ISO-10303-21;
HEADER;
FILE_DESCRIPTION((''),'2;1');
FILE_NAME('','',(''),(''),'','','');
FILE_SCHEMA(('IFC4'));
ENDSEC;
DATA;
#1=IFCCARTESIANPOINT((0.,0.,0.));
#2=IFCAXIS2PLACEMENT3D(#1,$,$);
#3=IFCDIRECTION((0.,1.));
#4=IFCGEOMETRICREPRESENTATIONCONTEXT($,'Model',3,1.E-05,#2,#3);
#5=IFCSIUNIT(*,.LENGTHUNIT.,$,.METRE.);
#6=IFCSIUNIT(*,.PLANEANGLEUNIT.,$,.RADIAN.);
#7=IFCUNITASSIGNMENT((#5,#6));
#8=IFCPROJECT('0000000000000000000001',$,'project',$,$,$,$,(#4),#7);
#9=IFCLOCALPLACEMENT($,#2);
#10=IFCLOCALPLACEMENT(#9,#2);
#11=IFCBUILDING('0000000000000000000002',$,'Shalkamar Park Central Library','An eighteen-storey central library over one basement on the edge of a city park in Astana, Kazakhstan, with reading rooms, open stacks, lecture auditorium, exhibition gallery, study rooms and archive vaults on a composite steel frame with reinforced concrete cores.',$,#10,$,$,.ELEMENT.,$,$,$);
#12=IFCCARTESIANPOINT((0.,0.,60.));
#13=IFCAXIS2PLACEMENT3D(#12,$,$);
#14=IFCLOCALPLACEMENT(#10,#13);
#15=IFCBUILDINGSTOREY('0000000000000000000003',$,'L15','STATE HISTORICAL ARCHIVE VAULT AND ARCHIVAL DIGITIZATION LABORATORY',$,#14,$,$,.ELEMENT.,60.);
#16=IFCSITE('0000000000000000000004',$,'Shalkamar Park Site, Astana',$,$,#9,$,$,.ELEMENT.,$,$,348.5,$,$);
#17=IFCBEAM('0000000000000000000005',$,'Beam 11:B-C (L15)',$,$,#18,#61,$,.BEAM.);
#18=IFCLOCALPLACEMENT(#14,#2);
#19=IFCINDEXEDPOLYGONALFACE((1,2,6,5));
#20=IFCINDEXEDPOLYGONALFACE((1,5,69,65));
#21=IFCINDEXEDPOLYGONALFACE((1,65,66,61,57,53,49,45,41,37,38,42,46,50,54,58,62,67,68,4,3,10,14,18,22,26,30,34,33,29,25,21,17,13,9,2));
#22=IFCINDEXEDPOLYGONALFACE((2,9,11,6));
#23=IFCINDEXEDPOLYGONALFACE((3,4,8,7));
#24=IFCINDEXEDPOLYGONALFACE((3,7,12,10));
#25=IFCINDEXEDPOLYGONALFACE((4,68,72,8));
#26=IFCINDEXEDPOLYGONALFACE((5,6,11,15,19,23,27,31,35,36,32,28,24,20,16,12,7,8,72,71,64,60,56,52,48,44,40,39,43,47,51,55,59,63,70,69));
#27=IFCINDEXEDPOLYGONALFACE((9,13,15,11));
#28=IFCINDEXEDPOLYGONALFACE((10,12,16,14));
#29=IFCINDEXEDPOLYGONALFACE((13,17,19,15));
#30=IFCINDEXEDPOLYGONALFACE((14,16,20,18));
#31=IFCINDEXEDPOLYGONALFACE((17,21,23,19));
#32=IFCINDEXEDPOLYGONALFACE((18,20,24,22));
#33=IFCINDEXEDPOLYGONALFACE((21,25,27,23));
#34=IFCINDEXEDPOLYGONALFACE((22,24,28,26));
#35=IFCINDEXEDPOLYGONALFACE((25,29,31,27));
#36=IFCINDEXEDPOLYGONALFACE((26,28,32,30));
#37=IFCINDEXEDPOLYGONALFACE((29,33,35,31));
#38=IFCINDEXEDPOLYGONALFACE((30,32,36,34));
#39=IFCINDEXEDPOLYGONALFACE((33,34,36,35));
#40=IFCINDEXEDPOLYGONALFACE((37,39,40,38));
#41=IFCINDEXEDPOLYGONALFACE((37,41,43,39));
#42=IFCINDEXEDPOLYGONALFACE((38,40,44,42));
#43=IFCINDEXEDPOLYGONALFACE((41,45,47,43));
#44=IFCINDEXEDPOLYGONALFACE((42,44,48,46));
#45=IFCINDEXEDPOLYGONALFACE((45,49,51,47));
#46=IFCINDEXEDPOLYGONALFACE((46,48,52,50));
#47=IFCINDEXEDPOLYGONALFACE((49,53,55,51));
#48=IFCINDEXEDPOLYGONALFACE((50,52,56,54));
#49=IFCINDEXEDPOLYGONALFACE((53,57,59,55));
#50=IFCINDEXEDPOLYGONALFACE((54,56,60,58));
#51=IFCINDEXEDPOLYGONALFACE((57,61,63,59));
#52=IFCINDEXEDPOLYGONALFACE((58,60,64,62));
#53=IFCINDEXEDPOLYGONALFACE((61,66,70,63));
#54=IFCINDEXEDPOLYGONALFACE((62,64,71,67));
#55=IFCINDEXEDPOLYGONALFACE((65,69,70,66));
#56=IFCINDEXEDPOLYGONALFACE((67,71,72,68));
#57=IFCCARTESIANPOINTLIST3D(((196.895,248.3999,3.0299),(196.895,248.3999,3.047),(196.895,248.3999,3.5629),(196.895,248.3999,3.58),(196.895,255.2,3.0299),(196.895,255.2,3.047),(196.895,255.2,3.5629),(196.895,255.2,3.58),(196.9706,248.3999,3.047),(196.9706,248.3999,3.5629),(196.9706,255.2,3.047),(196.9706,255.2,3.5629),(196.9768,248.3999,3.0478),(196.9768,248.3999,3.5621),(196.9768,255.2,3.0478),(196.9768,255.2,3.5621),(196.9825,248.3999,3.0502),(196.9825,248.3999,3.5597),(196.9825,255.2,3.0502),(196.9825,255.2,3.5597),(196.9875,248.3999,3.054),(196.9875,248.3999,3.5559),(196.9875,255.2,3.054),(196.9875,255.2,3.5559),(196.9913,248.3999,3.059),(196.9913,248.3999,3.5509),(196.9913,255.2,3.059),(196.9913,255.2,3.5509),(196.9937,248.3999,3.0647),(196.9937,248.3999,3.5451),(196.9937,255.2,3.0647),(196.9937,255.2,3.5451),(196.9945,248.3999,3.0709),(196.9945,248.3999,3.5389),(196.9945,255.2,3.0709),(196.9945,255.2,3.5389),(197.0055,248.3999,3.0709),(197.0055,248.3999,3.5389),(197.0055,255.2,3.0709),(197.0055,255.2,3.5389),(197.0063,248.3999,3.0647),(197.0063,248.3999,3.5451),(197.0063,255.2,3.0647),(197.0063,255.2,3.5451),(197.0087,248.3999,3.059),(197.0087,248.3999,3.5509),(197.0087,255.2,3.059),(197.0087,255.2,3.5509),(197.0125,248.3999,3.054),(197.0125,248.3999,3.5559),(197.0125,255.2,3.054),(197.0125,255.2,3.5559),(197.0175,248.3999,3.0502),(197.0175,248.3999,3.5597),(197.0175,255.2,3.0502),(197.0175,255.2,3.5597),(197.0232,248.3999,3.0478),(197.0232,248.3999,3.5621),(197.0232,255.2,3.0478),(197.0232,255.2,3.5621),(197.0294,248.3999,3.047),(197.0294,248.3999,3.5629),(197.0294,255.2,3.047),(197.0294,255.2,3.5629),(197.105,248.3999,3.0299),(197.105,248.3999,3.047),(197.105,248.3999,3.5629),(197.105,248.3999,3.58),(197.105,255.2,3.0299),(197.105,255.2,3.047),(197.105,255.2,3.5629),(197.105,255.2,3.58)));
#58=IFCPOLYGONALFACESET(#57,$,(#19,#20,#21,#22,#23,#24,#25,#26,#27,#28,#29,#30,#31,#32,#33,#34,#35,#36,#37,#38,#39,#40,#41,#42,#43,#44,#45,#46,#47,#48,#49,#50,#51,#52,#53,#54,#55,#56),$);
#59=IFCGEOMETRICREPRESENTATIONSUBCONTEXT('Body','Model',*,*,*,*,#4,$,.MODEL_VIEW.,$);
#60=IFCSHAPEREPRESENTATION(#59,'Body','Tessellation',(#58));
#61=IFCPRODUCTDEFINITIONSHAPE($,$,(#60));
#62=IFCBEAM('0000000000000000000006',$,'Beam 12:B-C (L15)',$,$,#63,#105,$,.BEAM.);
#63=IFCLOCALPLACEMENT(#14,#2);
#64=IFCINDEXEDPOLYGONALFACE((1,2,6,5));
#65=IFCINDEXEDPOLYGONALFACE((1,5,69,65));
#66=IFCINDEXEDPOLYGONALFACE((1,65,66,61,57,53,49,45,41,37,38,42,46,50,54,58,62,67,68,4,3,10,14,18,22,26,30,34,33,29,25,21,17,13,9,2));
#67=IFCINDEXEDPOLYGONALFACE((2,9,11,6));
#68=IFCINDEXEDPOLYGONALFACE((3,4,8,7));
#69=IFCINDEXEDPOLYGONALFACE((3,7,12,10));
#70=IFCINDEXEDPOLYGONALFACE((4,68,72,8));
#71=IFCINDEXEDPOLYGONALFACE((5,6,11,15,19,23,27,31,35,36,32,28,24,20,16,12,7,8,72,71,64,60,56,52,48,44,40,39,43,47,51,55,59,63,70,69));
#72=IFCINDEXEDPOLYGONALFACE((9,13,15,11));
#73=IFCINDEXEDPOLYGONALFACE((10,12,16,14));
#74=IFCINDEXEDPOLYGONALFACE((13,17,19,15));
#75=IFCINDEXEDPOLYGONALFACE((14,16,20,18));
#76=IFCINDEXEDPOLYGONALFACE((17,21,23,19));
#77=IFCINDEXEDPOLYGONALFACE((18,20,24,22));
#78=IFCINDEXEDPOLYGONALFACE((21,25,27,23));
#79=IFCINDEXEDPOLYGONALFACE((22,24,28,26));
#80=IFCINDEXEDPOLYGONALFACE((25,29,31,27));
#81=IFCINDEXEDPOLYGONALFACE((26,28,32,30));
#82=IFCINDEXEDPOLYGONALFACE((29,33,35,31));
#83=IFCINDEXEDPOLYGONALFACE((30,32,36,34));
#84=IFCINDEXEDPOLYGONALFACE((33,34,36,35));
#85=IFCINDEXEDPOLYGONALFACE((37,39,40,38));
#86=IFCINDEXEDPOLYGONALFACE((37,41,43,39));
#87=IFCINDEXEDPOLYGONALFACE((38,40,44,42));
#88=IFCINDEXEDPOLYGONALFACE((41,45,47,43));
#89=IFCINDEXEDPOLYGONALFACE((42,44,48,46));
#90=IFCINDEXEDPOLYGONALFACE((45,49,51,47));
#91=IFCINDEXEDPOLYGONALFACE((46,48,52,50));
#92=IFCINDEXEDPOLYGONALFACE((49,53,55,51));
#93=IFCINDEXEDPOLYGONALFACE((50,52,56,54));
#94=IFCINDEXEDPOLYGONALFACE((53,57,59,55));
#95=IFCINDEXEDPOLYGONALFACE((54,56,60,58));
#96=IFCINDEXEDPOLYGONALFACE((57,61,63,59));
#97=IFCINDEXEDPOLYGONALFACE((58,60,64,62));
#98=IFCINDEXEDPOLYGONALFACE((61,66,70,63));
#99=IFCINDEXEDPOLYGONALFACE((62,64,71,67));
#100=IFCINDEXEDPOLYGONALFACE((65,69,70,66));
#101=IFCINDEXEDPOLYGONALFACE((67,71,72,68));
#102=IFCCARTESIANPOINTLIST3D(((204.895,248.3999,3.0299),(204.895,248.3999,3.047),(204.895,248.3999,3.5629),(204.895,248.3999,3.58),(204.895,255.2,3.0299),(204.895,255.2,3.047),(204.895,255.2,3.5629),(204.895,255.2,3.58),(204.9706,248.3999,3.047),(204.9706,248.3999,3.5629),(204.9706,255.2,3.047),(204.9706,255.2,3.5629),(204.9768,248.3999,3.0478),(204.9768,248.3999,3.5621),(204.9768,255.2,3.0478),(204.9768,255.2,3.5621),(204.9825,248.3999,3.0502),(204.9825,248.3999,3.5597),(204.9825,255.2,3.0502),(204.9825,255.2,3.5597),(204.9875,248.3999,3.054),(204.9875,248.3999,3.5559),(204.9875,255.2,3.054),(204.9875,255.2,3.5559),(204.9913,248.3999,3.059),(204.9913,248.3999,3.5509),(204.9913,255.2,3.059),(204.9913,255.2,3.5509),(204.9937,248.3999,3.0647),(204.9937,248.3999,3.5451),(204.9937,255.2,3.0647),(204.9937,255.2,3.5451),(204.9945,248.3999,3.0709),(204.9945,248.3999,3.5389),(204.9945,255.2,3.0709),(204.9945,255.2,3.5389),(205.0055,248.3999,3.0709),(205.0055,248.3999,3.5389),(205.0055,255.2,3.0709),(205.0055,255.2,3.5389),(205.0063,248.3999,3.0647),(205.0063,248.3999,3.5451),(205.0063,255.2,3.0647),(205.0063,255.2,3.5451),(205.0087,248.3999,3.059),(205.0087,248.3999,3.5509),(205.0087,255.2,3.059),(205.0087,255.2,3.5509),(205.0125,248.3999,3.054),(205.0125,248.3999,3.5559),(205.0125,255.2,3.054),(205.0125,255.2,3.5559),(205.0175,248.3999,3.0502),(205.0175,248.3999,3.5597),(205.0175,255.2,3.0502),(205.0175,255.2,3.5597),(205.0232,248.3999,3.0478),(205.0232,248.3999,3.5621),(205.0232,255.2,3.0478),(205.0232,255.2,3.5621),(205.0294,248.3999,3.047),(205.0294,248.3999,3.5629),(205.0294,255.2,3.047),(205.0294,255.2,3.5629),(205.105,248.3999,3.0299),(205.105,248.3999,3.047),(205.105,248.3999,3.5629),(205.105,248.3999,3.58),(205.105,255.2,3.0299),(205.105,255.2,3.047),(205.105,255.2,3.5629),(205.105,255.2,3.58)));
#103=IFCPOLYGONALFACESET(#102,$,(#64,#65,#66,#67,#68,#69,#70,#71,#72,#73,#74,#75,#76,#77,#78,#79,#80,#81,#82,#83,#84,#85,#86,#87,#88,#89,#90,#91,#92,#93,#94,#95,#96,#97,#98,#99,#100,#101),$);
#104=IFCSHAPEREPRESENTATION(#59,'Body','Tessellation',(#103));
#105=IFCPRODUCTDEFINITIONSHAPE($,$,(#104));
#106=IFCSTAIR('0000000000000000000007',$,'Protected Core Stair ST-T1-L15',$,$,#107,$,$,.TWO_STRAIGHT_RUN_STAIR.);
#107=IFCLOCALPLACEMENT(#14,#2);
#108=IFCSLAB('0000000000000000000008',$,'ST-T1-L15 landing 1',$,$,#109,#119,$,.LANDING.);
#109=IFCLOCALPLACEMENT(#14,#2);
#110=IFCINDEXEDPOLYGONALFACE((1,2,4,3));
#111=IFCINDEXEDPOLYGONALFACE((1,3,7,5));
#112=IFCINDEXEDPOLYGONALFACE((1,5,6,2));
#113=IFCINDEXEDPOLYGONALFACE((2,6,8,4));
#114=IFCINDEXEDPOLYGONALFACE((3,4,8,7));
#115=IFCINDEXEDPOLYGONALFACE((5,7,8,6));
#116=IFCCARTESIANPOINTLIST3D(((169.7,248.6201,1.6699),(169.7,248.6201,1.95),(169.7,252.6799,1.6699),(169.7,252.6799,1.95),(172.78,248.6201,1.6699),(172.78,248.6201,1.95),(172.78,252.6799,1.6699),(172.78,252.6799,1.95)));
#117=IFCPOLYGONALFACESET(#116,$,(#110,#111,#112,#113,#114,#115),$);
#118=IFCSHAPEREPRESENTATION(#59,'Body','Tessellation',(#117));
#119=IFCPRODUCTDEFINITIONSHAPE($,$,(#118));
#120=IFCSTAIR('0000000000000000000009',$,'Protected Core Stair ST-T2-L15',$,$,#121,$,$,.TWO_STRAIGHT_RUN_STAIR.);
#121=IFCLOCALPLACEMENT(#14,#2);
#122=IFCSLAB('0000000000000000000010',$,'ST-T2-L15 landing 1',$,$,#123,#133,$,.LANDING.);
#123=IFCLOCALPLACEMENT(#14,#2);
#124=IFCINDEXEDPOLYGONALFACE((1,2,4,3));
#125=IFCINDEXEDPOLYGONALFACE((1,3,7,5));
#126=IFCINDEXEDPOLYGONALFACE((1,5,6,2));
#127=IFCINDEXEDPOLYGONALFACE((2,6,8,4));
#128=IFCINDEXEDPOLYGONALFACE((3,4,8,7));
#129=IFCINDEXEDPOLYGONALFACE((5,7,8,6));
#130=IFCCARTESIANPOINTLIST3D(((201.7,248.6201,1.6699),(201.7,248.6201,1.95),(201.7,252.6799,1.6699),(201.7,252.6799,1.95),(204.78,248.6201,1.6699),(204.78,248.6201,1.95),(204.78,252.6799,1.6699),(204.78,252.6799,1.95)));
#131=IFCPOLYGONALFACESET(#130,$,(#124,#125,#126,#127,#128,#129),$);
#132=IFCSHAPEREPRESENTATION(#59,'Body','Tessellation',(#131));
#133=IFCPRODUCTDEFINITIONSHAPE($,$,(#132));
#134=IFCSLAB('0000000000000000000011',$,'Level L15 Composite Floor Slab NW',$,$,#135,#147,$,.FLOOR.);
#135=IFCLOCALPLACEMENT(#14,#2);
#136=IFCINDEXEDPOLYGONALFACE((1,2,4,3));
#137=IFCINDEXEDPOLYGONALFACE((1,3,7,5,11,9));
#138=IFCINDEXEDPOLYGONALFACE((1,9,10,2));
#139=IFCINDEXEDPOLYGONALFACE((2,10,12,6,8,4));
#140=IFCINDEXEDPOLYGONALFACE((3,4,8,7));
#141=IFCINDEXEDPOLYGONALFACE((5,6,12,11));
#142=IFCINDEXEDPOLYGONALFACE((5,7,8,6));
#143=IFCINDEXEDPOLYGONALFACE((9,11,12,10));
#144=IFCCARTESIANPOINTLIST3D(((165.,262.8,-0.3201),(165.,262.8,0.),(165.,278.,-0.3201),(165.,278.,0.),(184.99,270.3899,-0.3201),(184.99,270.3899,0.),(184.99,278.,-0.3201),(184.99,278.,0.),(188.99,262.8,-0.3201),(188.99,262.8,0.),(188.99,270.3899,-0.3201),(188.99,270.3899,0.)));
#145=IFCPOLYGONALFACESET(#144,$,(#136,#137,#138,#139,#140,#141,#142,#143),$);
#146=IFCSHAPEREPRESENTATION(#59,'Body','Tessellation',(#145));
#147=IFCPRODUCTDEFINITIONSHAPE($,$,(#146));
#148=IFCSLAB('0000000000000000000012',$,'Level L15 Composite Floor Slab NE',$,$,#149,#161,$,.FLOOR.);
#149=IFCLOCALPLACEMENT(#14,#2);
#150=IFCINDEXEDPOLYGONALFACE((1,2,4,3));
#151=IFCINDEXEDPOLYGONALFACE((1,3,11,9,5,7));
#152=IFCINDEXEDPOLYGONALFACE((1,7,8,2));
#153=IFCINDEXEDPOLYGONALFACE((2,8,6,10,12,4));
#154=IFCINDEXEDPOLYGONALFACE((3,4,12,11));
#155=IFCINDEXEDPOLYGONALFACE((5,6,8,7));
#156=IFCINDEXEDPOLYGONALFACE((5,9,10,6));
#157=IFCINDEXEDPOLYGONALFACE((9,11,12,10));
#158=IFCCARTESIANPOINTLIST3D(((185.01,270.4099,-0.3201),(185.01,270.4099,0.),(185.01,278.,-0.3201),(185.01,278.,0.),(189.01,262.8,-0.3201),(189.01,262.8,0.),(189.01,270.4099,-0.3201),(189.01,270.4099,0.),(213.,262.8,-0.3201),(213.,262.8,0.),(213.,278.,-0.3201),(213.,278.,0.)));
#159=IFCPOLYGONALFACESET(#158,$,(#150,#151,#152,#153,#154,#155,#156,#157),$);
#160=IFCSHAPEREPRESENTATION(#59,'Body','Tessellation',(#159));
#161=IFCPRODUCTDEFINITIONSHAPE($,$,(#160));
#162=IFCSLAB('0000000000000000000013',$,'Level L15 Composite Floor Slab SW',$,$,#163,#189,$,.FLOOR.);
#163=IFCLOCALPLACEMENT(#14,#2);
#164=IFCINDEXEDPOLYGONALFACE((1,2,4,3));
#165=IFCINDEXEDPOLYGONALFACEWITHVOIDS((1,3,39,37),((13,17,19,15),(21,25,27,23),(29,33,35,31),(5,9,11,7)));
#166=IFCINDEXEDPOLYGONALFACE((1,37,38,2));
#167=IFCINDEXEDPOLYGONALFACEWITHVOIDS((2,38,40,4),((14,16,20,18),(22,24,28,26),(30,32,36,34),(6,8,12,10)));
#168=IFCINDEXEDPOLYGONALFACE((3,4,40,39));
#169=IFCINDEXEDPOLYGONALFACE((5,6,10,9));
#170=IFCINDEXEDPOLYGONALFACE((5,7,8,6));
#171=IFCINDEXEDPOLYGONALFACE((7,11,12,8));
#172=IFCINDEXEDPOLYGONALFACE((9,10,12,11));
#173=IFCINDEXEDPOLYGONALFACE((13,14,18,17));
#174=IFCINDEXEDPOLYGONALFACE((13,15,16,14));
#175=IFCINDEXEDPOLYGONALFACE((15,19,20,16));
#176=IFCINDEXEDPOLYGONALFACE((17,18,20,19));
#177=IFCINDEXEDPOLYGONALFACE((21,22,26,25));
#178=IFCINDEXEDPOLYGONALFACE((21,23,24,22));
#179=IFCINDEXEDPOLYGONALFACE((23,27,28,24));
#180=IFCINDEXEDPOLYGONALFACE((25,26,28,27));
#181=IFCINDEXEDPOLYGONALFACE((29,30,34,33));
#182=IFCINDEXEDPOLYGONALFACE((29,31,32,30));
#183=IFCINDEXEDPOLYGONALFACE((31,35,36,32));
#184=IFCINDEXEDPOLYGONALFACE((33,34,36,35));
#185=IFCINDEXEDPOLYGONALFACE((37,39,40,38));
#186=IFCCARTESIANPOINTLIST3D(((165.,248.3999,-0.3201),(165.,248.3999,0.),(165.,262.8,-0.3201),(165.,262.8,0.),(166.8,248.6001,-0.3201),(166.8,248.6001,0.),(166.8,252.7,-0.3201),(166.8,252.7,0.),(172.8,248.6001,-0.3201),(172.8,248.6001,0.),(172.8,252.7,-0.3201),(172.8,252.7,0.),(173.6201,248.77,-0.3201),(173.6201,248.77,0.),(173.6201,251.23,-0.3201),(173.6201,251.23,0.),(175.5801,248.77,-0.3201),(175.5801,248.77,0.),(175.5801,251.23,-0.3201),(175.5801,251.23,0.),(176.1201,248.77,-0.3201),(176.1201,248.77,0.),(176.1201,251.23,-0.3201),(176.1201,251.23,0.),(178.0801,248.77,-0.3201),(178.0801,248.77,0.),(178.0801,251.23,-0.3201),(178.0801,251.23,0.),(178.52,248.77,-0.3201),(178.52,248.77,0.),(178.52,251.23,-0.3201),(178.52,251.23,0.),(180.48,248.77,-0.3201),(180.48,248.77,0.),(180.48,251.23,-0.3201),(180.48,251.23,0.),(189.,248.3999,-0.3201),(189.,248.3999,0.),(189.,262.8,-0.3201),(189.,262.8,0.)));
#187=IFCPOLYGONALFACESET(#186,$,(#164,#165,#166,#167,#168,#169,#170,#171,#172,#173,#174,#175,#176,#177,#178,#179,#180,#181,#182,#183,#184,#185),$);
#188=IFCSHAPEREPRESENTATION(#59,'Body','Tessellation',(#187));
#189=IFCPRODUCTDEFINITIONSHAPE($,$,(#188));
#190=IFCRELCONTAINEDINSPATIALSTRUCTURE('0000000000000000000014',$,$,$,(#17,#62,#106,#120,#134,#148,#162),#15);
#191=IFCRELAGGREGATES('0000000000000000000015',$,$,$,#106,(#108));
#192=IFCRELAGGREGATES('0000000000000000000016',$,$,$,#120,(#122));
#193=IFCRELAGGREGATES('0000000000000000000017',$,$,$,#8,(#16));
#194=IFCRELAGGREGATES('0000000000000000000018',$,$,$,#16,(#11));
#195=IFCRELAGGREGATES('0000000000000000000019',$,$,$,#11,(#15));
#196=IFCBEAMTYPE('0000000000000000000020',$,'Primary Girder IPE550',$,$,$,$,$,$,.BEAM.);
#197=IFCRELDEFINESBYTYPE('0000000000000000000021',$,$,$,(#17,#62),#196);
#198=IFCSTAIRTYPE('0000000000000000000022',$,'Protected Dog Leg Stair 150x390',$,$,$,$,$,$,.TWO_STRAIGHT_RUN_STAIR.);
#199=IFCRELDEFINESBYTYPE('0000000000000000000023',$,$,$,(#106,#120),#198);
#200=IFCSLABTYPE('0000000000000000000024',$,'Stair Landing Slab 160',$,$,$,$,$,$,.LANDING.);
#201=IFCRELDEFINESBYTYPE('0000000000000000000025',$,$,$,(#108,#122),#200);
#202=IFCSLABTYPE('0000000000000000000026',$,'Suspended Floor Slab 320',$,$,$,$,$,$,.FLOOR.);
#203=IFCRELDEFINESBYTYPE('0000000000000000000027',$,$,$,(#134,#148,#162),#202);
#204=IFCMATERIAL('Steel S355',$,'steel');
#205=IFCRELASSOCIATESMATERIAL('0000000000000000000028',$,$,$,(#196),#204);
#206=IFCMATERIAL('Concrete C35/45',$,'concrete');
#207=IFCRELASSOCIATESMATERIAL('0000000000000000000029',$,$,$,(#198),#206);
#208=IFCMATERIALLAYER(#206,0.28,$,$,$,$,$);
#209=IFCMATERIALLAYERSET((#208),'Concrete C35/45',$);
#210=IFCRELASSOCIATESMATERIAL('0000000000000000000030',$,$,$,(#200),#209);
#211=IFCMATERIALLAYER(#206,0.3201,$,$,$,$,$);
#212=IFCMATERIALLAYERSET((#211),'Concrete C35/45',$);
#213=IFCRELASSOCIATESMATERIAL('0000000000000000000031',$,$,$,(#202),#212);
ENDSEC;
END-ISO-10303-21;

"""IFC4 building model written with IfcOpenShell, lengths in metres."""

from ifc_helpers import new_model, si_unit, direction, frame, origin, origin_2d, place, context, subcontext, project, spatial, polyline, i_section, outline, extrude, material, layer, layer_set, material_profile, profile_set, type_object, element, aggregate, save


model = new_model("IFC4")

# Units and contexts
model_context = context("Model", 3, precision=1e-05, world=origin(), true_north=direction((0.0, 1.0)))
body_context = subcontext(model_context, "Body", "Model", "MODEL_VIEW")
ifc_project = project(units=[si_unit("LENGTHUNIT", "METRE"), si_unit("PLANEANGLEUNIT", "RADIAN")], contexts=[model_context])

# Site, building, storey
site_placement = place(None, origin())
site = spatial("IfcSite", under=ifc_project, at=site_placement, Name="Shalkamar Park Site, Astana", CompositionType="ELEMENT", RefElevation=348.5)
building_placement = place(site_placement, origin())
building = spatial("IfcBuilding", under=site, at=building_placement, Name="Shalkamar Park Central Library", Description="An eighteen-storey central library over one basement on the edge of a city park in Astana, Kazakhstan, with reading rooms, open stacks, lecture auditorium, exhibition gallery, study rooms and archive vaults on a composite steel frame with reinforced concrete cores.", CompositionType="ELEMENT")
storey_placement = place(building_placement, frame((0.0, 0.0, 60.0)))
storey = spatial("IfcBuildingStorey", under=building, at=storey_placement, Name="L15", Description="STATE HISTORICAL ARCHIVE VAULT AND ARCHIVAL DIGITIZATION LABORATORY", CompositionType="ELEMENT", Elevation=60.0)

# Shared definitions
ifc_material_1 = material(Name="Steel S355", Category="steel")

# Beams
ifc_material_profile_1 = material_profile(ifc_material_1, i_section(OverallWidth=0.21, OverallDepth=0.55, WebThickness=0.011, FlangeThickness=0.0171, FilletRadius=0.0239, at=origin_2d()), Name="IPE 550")
ifc_profile_set_1 = profile_set([ifc_material_profile_1], Name="Steel S355")
beam_type_1 = type_object("IfcBeamType", Name="Primary Girder IPE550", PredefinedType="BEAM", material=ifc_profile_set_1)
for number, where, z_axis, x_axis, name in (
    (1, (197.0, 248.3999, 3.3049), (0.0, 1.0, 0.0), (-1.0, 0.0, 0.0), "Beam 11:B-C (L15)"),
    (2, (205.0, 248.3999, 3.3049), (0.0, 1.0, 0.0), (-1.0, 0.0, 0.0), "Beam 12:B-C (L15)"),
):
    element("IfcBeam", number, at=place(storey_placement, frame(where, z_axis=z_axis, x_axis=x_axis)), inside=storey, type_object=beam_type_1, Name=name, PredefinedType="BEAM", context=body_context, shape_type="SweptSolid", body=[
        extrude(i_section(OverallWidth=0.21, OverallDepth=0.55, WebThickness=0.011, FlangeThickness=0.0171, FilletRadius=0.0239, at=origin_2d()), origin(), (0.0, 0.0, 1.0), 6.8),
    ])

# Stairs, slabs
ifc_material_2 = material(Name="Concrete C35/45", Category="concrete")
stair_type = type_object("IfcStairType", Name="Protected Dog Leg Stair 150x390", PredefinedType="TWO_STRAIGHT_RUN_STAIR", material=ifc_material_2)
stair_1_placement = place(storey_placement, origin())
stair_1 = element("IfcStair", 3, at=stair_1_placement, inside=storey, type_object=stair_type, Name="Protected Core Stair ST-T1-L15", PredefinedType="TWO_STRAIGHT_RUN_STAIR")
ifc_layer_1 = layer(ifc_material_2, 0.28)
ifc_layer_set_1 = layer_set([ifc_layer_1], Name="Concrete C35/45")
slab_type_1 = type_object("IfcSlabType", Name="Stair Landing Slab 160", PredefinedType="LANDING", material=ifc_layer_set_1)
slab_1_placement = place(storey_placement, frame((0.0, 0.0, 1.6699)))
slab_1 = element("IfcSlab", 4, at=slab_1_placement, type_object=slab_type_1, Name="ST-T1-L15 landing 1", PredefinedType="LANDING", context=body_context, shape_type="SweptSolid", body=[
    extrude(outline(polyline([(169.7, 248.6201), (172.78, 248.6201), (172.78, 252.6799), (169.7, 252.6799), (169.7, 248.6201)])), origin(), (0.0, 0.0, 1.0), 0.28),
])
aggregate(stair_1, [slab_1])
stair_2_placement = place(storey_placement, origin())
stair_2 = element("IfcStair", 5, at=stair_2_placement, inside=storey, type_object=stair_type, Name="Protected Core Stair ST-T2-L15", PredefinedType="TWO_STRAIGHT_RUN_STAIR")
slab_2_placement = place(storey_placement, frame((0.0, 0.0, 1.6699)))
slab_2 = element("IfcSlab", 6, at=slab_2_placement, type_object=slab_type_1, Name="ST-T2-L15 landing 1", PredefinedType="LANDING", context=body_context, shape_type="SweptSolid", body=[
    extrude(outline(polyline([(201.7, 248.6201), (204.78, 248.6201), (204.78, 252.6799), (201.7, 252.6799), (201.7, 248.6201)])), origin(), (0.0, 0.0, 1.0), 0.28),
])
aggregate(stair_2, [slab_2])

# Slabs
ifc_layer_2 = layer(ifc_material_2, 0.3201)
ifc_layer_set_2 = layer_set([ifc_layer_2], Name="Concrete C35/45")
slab_type_2 = type_object("IfcSlabType", Name="Suspended Floor Slab 320", PredefinedType="FLOOR", material=ifc_layer_set_2)
slab_3_placement = place(storey_placement, frame((0.0, 0.0, -0.3201)))
element("IfcSlab", 7, at=slab_3_placement, inside=storey, type_object=slab_type_2, Name="Level L15 Composite Floor Slab NW", PredefinedType="FLOOR", context=body_context, shape_type="SweptSolid", body=[
    extrude(outline(polyline([(165.0, 262.8), (188.99, 262.8), (188.99, 270.3899), (184.99, 270.3899), (184.99, 278.0), (165.0, 278.0), (165.0, 262.8)])), origin(), (0.0, 0.0, 1.0), 0.3201),
])
slab_4_placement = place(storey_placement, frame((0.0, 0.0, -0.3201)))
element("IfcSlab", 8, at=slab_4_placement, inside=storey, type_object=slab_type_2, Name="Level L15 Composite Floor Slab NE", PredefinedType="FLOOR", context=body_context, shape_type="SweptSolid", body=[
    extrude(outline(polyline([(189.01, 262.8), (213.0, 262.8), (213.0, 278.0), (185.01, 278.0), (185.01, 270.4099), (189.01, 270.4099), (189.01, 262.8)])), origin(), (0.0, 0.0, 1.0), 0.3201),
])
slab_5_placement = place(storey_placement, frame((0.0, 0.0, -0.3201)))
element("IfcSlab", 9, at=slab_5_placement, inside=storey, type_object=slab_type_2, Name="Level L15 Composite Floor Slab SW", PredefinedType="FLOOR", context=body_context, shape_type="SweptSolid", body=[
    extrude(outline(polyline([(165.0, 248.3999), (165.0, 262.8), (189.0, 262.8), (189.0, 248.3999), (165.0, 248.3999)]), holes=[polyline([(173.6201, 248.77), (175.5801, 248.77), (175.5801, 251.23), (173.6201, 251.23), (173.6201, 248.77)]), polyline([(176.1201, 251.23), (176.1201, 248.77), (178.0801, 248.77), (178.0801, 251.23), (176.1201, 251.23)]), polyline([(178.52, 251.23), (178.52, 248.77), (180.48, 248.77), (180.48, 251.23), (178.52, 251.23)]), polyline([(166.8, 252.7), (166.8, 248.6001), (172.8, 248.6001), (172.8, 252.7), (166.8, 252.7)])]), origin(), (0.0, 0.0, 1.0), 0.3201),
])

save(model, "model.ifc")
